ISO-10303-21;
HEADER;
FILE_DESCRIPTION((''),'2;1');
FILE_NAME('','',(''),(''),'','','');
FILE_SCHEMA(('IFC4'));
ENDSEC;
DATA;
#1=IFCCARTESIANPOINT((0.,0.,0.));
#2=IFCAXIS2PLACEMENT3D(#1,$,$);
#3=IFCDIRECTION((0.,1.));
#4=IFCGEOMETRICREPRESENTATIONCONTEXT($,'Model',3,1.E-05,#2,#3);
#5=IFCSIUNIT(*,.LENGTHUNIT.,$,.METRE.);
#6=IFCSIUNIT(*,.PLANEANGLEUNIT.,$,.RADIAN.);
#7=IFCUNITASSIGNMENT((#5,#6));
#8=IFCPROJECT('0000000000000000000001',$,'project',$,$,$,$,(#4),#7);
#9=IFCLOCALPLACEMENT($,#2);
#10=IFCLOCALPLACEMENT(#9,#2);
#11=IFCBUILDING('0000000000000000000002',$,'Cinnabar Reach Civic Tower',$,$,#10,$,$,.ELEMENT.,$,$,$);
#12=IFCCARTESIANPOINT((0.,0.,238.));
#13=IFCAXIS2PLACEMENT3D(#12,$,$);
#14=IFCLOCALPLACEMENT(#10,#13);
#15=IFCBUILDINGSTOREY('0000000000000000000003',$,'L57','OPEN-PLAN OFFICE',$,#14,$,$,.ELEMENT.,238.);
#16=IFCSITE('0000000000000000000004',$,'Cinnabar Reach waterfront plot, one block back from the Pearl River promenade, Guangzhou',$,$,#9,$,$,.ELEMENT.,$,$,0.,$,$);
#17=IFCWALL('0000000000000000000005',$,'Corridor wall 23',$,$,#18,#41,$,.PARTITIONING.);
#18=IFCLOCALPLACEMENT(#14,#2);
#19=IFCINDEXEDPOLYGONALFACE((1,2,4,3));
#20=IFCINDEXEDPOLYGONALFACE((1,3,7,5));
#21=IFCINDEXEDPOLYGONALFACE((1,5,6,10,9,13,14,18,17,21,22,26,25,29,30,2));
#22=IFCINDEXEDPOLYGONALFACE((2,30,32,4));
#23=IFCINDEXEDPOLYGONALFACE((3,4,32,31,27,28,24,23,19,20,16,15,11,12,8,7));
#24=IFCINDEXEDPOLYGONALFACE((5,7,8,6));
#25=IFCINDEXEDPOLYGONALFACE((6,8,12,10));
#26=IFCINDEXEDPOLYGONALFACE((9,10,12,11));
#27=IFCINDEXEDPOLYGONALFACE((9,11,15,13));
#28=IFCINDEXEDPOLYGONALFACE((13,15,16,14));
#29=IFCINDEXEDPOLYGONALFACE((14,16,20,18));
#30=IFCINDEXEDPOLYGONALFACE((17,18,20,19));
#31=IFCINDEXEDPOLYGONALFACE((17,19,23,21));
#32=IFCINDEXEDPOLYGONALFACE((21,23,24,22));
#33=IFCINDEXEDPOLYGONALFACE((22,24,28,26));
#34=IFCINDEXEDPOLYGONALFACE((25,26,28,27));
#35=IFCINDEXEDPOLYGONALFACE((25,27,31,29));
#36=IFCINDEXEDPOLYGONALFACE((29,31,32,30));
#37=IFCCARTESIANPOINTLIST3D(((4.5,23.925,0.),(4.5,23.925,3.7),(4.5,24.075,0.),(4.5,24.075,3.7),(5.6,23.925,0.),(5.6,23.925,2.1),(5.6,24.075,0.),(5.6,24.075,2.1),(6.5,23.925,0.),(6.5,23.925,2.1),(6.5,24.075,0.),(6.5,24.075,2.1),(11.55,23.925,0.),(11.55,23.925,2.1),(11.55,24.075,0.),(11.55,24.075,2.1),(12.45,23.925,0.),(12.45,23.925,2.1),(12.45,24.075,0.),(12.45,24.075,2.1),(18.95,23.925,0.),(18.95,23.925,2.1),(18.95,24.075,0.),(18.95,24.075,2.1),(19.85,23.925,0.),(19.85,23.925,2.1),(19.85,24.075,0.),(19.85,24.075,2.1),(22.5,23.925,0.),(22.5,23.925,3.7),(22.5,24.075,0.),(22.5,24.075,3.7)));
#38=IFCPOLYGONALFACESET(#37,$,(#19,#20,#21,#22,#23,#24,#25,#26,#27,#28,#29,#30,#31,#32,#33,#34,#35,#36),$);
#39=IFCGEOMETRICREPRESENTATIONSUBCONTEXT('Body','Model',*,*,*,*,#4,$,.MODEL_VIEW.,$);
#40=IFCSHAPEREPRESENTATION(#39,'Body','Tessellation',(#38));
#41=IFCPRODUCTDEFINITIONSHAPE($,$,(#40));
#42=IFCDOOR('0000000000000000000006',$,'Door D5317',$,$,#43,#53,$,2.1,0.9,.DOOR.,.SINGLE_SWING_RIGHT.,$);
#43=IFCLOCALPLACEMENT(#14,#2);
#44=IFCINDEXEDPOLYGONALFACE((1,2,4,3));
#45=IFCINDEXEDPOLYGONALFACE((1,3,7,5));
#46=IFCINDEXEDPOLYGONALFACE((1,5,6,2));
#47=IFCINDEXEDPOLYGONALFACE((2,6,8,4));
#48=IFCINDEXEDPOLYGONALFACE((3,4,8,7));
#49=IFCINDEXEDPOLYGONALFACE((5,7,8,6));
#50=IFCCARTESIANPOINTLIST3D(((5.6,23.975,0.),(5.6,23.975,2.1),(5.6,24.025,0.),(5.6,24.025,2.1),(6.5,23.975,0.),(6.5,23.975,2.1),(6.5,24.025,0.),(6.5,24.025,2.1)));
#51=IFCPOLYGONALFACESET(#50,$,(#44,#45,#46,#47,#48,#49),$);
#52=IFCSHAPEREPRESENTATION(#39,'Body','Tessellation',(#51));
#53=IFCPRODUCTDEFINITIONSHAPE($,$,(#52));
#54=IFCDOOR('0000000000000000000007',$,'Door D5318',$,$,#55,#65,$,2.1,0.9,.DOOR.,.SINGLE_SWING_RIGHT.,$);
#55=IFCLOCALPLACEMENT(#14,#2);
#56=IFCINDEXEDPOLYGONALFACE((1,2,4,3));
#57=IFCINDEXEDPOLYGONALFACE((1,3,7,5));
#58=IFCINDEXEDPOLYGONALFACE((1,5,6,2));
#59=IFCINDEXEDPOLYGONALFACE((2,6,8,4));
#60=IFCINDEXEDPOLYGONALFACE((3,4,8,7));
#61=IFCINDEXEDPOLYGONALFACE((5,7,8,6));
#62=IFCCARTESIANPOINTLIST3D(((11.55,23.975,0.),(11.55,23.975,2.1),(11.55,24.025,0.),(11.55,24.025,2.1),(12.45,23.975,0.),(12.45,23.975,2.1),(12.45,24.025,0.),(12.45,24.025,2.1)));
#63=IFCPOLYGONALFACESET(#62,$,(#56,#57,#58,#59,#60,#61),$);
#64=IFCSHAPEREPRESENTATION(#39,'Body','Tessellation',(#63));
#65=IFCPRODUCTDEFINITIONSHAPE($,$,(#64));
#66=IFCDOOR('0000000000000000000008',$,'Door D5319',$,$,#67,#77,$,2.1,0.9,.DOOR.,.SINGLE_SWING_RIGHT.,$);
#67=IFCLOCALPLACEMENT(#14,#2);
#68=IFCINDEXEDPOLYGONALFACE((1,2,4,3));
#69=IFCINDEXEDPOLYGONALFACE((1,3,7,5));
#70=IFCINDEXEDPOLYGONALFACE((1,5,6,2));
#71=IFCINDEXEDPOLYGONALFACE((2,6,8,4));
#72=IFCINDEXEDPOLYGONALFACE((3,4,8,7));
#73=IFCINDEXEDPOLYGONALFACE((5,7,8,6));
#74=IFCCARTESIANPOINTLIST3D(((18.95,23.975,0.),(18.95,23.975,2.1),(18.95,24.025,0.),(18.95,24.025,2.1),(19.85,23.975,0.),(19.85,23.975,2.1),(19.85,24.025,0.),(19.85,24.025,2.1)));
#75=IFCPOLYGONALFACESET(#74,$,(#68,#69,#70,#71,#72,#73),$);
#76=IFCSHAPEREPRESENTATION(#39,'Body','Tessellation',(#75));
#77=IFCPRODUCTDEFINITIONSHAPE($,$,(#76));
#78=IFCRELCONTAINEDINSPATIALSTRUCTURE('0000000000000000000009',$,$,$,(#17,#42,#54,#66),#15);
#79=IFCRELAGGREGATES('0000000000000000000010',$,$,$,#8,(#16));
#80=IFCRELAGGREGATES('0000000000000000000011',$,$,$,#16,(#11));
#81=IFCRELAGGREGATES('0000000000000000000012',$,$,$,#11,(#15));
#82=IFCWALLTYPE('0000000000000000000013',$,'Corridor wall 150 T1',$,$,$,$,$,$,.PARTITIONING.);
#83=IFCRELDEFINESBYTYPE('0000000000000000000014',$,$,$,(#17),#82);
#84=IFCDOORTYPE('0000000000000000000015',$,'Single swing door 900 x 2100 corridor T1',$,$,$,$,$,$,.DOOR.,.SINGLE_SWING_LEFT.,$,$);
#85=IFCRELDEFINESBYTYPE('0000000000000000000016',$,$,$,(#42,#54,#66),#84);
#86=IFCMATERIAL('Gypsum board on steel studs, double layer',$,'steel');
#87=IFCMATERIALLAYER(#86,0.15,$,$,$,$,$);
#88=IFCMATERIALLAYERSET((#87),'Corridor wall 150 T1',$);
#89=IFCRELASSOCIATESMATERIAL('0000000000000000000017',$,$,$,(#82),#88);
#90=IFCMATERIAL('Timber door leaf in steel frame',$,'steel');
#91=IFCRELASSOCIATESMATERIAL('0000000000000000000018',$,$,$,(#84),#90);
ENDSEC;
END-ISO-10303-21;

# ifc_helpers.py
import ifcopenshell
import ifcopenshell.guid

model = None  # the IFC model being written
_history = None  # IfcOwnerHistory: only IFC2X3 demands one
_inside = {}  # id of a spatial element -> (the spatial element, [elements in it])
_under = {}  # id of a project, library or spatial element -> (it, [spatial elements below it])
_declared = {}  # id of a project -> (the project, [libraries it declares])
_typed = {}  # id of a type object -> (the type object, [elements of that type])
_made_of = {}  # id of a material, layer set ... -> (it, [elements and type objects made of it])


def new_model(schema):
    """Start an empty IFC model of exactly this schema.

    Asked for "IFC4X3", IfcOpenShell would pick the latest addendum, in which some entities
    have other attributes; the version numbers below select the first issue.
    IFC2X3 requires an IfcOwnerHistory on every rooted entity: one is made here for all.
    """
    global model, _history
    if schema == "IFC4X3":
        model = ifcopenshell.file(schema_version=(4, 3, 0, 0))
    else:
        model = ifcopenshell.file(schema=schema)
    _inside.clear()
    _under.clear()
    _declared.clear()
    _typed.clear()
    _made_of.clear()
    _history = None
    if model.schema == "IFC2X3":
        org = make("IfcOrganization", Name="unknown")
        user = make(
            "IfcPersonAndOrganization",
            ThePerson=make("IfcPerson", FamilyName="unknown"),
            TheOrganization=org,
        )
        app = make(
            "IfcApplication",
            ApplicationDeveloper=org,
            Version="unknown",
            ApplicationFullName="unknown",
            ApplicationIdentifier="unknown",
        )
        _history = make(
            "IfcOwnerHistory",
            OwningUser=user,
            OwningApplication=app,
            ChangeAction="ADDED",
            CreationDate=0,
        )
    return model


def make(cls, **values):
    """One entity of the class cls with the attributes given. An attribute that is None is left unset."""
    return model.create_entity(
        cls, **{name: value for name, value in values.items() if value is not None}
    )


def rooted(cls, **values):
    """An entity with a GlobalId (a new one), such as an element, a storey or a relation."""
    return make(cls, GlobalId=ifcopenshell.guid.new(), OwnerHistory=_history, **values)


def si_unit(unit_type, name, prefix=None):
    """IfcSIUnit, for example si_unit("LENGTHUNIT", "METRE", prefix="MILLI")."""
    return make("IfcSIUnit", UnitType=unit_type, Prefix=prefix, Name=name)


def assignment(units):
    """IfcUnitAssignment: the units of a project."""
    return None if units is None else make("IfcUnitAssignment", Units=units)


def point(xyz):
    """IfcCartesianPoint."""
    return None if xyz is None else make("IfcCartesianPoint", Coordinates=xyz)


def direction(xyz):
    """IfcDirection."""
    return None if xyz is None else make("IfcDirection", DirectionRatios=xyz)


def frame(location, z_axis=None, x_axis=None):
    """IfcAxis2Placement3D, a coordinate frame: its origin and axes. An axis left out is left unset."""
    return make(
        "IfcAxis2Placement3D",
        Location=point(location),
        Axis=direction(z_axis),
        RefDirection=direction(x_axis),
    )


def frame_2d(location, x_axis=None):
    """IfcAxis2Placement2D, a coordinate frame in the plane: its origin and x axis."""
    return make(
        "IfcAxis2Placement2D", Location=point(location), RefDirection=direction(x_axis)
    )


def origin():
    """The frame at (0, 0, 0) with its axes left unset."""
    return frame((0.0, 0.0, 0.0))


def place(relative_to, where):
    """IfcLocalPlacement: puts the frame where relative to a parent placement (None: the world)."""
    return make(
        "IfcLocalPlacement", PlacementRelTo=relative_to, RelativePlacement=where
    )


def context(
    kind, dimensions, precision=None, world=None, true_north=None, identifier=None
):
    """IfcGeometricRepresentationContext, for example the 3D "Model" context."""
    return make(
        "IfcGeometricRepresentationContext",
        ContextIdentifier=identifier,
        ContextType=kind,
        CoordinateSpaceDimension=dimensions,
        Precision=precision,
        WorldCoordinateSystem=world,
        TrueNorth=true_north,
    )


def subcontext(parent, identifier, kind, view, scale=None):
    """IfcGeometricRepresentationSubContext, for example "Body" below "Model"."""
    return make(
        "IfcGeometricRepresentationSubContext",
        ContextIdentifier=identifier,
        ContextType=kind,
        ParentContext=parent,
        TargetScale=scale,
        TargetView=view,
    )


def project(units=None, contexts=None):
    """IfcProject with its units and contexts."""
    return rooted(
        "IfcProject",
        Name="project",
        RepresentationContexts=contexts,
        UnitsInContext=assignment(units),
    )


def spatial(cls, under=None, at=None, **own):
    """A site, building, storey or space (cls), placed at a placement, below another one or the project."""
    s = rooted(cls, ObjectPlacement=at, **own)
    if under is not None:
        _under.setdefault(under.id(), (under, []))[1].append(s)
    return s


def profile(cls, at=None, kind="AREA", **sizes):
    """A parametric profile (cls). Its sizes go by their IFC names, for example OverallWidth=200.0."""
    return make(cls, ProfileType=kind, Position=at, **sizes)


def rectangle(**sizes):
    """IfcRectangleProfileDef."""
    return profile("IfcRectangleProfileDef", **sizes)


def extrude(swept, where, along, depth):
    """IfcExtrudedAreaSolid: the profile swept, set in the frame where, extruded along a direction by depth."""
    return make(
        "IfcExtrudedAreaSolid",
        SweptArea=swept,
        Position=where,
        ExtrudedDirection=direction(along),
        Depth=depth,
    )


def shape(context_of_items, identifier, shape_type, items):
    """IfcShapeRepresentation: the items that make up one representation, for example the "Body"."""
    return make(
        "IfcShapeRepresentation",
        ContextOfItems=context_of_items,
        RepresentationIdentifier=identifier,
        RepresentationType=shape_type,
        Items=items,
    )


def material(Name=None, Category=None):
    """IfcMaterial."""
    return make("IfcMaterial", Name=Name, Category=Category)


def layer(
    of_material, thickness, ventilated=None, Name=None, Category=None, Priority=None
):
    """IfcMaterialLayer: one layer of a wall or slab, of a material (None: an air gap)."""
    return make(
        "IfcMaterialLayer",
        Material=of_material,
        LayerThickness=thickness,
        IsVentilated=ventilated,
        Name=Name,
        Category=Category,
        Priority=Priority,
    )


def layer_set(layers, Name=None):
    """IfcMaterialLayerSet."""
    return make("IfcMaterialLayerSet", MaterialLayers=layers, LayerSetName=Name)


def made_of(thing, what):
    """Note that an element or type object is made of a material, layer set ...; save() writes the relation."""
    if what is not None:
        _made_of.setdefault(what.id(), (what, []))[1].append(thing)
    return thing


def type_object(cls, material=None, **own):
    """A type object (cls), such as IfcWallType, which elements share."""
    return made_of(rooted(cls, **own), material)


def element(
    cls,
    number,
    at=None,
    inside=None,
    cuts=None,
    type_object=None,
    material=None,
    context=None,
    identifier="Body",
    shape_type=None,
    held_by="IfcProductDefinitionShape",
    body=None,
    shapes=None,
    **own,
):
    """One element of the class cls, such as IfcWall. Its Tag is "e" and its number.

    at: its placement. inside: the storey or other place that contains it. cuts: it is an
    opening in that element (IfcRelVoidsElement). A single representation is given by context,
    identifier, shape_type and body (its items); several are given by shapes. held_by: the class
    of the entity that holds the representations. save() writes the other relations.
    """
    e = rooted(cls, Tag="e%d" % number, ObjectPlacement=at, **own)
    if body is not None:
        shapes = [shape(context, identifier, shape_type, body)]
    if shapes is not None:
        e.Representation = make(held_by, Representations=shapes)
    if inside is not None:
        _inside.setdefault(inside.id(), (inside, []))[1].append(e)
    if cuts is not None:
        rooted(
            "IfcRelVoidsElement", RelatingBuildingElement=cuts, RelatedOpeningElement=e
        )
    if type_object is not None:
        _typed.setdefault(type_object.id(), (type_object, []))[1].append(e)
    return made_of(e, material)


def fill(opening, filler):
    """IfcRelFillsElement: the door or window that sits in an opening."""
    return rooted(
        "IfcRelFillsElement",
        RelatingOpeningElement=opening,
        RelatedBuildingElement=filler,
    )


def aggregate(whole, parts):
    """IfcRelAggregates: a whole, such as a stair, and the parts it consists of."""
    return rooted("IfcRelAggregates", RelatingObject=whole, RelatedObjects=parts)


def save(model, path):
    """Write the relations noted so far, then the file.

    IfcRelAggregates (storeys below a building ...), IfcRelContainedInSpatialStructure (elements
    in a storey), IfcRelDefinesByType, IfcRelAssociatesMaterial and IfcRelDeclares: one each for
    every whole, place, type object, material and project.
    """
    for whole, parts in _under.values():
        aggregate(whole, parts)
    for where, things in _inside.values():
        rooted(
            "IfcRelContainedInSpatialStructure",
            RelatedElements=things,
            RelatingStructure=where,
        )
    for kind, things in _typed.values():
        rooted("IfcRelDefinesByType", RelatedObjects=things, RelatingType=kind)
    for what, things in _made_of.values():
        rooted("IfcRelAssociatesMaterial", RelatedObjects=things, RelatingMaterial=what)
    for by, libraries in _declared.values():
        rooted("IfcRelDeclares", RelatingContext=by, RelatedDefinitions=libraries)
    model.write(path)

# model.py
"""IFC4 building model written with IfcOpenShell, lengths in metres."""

from ifc_helpers import new_model, si_unit, direction, frame, frame_2d, origin, place, context, subcontext, project, spatial, rectangle, extrude, material, layer, layer_set, type_object, element, fill, save


model = new_model("IFC4")

# Units and contexts
model_context = context("Model", 3, precision=1e-05, world=origin(), true_north=direction((0.0, 1.0)))
body_context = subcontext(model_context, "Body", "Model", "MODEL_VIEW")
ifc_project = project(units=[si_unit("LENGTHUNIT", "METRE"), si_unit("PLANEANGLEUNIT", "RADIAN")], contexts=[model_context])

# Site, building, storey
site_placement = place(None, origin())
site = spatial("IfcSite", under=ifc_project, at=site_placement, Name="Cinnabar Reach waterfront plot, one block back from the Pearl River promenade, Guangzhou", CompositionType="ELEMENT", RefElevation=0.0)
building_placement = place(site_placement, origin())
building = spatial("IfcBuilding", under=site, at=building_placement, Name="Cinnabar Reach Civic Tower", CompositionType="ELEMENT")
storey_placement = place(building_placement, frame((0.0, 0.0, 238.0)))
storey = spatial("IfcBuildingStorey", under=building, at=storey_placement, Name="L57", Description="OPEN-PLAN OFFICE", CompositionType="ELEMENT", Elevation=238.0)

# Shared definitions
ifc_material_1 = material(Name="Timber door leaf in steel frame", Category="steel")

# Wall, openings, doors
ifc_material_2 = material(Name="Gypsum board on steel studs, double layer", Category="steel")
ifc_layer_1 = layer(ifc_material_2, 0.15)
ifc_layer_set_1 = layer_set([ifc_layer_1], Name="Corridor wall 150 T1")
wall_type_1 = type_object("IfcWallType", Name="Corridor wall 150 T1", PredefinedType="PARTITIONING", material=ifc_layer_set_1)
wall_1_placement = place(storey_placement, frame((4.5, 24.0, 0.0), z_axis=(0.0, 0.0, 1.0), x_axis=(1.0, 0.0, 0.0)))
wall_1 = element("IfcWall", 1, at=wall_1_placement, inside=storey, type_object=wall_type_1, Name="Corridor wall 23", PredefinedType="PARTITIONING", context=body_context, shape_type="SweptSolid", body=[
    extrude(rectangle(XDim=18.0, YDim=0.15, at=frame_2d((9.0, 0.0))), origin(), (0.0, 0.0, 1.0), 3.7),
])
opening_1_placement = place(wall_1_placement, frame((1.1, 0.0, 0.0)))
opening_1 = element("IfcOpeningElement", 2, at=opening_1_placement, cuts=wall_1, PredefinedType="OPENING", context=body_context, shape_type="SweptSolid", body=[
    extrude(rectangle(XDim=0.9, YDim=2.1, at=frame_2d((0.45, 1.05))), frame((0.0, 0.085, 0.0), z_axis=(0.0, -1.0, 0.0), x_axis=(1.0, 0.0, 0.0)), (0.0, 0.0, 1.0), 0.17),
])
opening_2_placement = place(wall_1_placement, frame((7.05, 0.0, 0.0)))
opening_2 = element("IfcOpeningElement", 3, at=opening_2_placement, cuts=wall_1, PredefinedType="OPENING", context=body_context, shape_type="SweptSolid", body=[
    extrude(rectangle(XDim=0.9, YDim=2.1, at=frame_2d((0.45, 1.05))), frame((0.0, 0.085, 0.0), z_axis=(0.0, -1.0, 0.0), x_axis=(1.0, 0.0, 0.0)), (0.0, 0.0, 1.0), 0.17),
])
opening_3_placement = place(wall_1_placement, frame((14.45, 0.0, 0.0)))
opening_3 = element("IfcOpeningElement", 4, at=opening_3_placement, cuts=wall_1, PredefinedType="OPENING", context=body_context, shape_type="SweptSolid", body=[
    extrude(rectangle(XDim=0.9, YDim=2.1, at=frame_2d((0.45, 1.05))), frame((0.0, 0.085, 0.0), z_axis=(0.0, -1.0, 0.0), x_axis=(1.0, 0.0, 0.0)), (0.0, 0.0, 1.0), 0.17),
])
door_type_1 = type_object("IfcDoorType", Name="Single swing door 900 x 2100 corridor T1", OperationType="SINGLE_SWING_LEFT", PredefinedType="DOOR", material=ifc_material_1)
door_1_placement = place(opening_1_placement, frame((0.9, 0.0, 0.0), z_axis=(0.0, 0.0, 1.0), x_axis=(-1.0, 0.0, 0.0)))
door_1 = element("IfcDoor", 5, at=door_1_placement, inside=storey, type_object=door_type_1, Name="Door D5317", OperationType="SINGLE_SWING_RIGHT", OverallHeight=2.1, OverallWidth=0.9, PredefinedType="DOOR", context=body_context, shape_type="SweptSolid", body=[
    extrude(rectangle(XDim=0.9, YDim=2.1, at=frame_2d((0.45, 1.05))), frame((0.0, 0.025, 0.0), z_axis=(0.0, -1.0, 0.0), x_axis=(1.0, 0.0, 0.0)), (0.0, 0.0, 1.0), 0.05),
])
fill(opening_1, door_1)
door_2_placement = place(opening_2_placement, frame((0.9, 0.0, 0.0), z_axis=(0.0, 0.0, 1.0), x_axis=(-1.0, 0.0, 0.0)))
door_2 = element("IfcDoor", 6, at=door_2_placement, inside=storey, type_object=door_type_1, Name="Door D5318", OperationType="SINGLE_SWING_RIGHT", OverallHeight=2.1, OverallWidth=0.9, PredefinedType="DOOR", context=body_context, shape_type="SweptSolid", body=[
    extrude(rectangle(XDim=0.9, YDim=2.1, at=frame_2d((0.45, 1.05))), frame((0.0, 0.025, 0.0), z_axis=(0.0, -1.0, 0.0), x_axis=(1.0, 0.0, 0.0)), (0.0, 0.0, 1.0), 0.05),
])
fill(opening_2, door_2)
door_3_placement = place(opening_3_placement, frame((0.9, 0.0, 0.0), z_axis=(0.0, 0.0, 1.0), x_axis=(-1.0, 0.0, 0.0)))
door_3 = element("IfcDoor", 7, at=door_3_placement, inside=storey, type_object=door_type_1, Name="Door D5319", OperationType="SINGLE_SWING_RIGHT", OverallHeight=2.1, OverallWidth=0.9, PredefinedType="DOOR", context=body_context, shape_type="SweptSolid", body=[
    extrude(rectangle(XDim=0.9, YDim=2.1, at=frame_2d((0.45, 1.05))), frame((0.0, 0.025, 0.0), z_axis=(0.0, -1.0, 0.0), x_axis=(1.0, 0.0, 0.0)), (0.0, 0.0, 1.0), 0.05),
])
fill(opening_3, door_3)

save(model, "model.ifc")
